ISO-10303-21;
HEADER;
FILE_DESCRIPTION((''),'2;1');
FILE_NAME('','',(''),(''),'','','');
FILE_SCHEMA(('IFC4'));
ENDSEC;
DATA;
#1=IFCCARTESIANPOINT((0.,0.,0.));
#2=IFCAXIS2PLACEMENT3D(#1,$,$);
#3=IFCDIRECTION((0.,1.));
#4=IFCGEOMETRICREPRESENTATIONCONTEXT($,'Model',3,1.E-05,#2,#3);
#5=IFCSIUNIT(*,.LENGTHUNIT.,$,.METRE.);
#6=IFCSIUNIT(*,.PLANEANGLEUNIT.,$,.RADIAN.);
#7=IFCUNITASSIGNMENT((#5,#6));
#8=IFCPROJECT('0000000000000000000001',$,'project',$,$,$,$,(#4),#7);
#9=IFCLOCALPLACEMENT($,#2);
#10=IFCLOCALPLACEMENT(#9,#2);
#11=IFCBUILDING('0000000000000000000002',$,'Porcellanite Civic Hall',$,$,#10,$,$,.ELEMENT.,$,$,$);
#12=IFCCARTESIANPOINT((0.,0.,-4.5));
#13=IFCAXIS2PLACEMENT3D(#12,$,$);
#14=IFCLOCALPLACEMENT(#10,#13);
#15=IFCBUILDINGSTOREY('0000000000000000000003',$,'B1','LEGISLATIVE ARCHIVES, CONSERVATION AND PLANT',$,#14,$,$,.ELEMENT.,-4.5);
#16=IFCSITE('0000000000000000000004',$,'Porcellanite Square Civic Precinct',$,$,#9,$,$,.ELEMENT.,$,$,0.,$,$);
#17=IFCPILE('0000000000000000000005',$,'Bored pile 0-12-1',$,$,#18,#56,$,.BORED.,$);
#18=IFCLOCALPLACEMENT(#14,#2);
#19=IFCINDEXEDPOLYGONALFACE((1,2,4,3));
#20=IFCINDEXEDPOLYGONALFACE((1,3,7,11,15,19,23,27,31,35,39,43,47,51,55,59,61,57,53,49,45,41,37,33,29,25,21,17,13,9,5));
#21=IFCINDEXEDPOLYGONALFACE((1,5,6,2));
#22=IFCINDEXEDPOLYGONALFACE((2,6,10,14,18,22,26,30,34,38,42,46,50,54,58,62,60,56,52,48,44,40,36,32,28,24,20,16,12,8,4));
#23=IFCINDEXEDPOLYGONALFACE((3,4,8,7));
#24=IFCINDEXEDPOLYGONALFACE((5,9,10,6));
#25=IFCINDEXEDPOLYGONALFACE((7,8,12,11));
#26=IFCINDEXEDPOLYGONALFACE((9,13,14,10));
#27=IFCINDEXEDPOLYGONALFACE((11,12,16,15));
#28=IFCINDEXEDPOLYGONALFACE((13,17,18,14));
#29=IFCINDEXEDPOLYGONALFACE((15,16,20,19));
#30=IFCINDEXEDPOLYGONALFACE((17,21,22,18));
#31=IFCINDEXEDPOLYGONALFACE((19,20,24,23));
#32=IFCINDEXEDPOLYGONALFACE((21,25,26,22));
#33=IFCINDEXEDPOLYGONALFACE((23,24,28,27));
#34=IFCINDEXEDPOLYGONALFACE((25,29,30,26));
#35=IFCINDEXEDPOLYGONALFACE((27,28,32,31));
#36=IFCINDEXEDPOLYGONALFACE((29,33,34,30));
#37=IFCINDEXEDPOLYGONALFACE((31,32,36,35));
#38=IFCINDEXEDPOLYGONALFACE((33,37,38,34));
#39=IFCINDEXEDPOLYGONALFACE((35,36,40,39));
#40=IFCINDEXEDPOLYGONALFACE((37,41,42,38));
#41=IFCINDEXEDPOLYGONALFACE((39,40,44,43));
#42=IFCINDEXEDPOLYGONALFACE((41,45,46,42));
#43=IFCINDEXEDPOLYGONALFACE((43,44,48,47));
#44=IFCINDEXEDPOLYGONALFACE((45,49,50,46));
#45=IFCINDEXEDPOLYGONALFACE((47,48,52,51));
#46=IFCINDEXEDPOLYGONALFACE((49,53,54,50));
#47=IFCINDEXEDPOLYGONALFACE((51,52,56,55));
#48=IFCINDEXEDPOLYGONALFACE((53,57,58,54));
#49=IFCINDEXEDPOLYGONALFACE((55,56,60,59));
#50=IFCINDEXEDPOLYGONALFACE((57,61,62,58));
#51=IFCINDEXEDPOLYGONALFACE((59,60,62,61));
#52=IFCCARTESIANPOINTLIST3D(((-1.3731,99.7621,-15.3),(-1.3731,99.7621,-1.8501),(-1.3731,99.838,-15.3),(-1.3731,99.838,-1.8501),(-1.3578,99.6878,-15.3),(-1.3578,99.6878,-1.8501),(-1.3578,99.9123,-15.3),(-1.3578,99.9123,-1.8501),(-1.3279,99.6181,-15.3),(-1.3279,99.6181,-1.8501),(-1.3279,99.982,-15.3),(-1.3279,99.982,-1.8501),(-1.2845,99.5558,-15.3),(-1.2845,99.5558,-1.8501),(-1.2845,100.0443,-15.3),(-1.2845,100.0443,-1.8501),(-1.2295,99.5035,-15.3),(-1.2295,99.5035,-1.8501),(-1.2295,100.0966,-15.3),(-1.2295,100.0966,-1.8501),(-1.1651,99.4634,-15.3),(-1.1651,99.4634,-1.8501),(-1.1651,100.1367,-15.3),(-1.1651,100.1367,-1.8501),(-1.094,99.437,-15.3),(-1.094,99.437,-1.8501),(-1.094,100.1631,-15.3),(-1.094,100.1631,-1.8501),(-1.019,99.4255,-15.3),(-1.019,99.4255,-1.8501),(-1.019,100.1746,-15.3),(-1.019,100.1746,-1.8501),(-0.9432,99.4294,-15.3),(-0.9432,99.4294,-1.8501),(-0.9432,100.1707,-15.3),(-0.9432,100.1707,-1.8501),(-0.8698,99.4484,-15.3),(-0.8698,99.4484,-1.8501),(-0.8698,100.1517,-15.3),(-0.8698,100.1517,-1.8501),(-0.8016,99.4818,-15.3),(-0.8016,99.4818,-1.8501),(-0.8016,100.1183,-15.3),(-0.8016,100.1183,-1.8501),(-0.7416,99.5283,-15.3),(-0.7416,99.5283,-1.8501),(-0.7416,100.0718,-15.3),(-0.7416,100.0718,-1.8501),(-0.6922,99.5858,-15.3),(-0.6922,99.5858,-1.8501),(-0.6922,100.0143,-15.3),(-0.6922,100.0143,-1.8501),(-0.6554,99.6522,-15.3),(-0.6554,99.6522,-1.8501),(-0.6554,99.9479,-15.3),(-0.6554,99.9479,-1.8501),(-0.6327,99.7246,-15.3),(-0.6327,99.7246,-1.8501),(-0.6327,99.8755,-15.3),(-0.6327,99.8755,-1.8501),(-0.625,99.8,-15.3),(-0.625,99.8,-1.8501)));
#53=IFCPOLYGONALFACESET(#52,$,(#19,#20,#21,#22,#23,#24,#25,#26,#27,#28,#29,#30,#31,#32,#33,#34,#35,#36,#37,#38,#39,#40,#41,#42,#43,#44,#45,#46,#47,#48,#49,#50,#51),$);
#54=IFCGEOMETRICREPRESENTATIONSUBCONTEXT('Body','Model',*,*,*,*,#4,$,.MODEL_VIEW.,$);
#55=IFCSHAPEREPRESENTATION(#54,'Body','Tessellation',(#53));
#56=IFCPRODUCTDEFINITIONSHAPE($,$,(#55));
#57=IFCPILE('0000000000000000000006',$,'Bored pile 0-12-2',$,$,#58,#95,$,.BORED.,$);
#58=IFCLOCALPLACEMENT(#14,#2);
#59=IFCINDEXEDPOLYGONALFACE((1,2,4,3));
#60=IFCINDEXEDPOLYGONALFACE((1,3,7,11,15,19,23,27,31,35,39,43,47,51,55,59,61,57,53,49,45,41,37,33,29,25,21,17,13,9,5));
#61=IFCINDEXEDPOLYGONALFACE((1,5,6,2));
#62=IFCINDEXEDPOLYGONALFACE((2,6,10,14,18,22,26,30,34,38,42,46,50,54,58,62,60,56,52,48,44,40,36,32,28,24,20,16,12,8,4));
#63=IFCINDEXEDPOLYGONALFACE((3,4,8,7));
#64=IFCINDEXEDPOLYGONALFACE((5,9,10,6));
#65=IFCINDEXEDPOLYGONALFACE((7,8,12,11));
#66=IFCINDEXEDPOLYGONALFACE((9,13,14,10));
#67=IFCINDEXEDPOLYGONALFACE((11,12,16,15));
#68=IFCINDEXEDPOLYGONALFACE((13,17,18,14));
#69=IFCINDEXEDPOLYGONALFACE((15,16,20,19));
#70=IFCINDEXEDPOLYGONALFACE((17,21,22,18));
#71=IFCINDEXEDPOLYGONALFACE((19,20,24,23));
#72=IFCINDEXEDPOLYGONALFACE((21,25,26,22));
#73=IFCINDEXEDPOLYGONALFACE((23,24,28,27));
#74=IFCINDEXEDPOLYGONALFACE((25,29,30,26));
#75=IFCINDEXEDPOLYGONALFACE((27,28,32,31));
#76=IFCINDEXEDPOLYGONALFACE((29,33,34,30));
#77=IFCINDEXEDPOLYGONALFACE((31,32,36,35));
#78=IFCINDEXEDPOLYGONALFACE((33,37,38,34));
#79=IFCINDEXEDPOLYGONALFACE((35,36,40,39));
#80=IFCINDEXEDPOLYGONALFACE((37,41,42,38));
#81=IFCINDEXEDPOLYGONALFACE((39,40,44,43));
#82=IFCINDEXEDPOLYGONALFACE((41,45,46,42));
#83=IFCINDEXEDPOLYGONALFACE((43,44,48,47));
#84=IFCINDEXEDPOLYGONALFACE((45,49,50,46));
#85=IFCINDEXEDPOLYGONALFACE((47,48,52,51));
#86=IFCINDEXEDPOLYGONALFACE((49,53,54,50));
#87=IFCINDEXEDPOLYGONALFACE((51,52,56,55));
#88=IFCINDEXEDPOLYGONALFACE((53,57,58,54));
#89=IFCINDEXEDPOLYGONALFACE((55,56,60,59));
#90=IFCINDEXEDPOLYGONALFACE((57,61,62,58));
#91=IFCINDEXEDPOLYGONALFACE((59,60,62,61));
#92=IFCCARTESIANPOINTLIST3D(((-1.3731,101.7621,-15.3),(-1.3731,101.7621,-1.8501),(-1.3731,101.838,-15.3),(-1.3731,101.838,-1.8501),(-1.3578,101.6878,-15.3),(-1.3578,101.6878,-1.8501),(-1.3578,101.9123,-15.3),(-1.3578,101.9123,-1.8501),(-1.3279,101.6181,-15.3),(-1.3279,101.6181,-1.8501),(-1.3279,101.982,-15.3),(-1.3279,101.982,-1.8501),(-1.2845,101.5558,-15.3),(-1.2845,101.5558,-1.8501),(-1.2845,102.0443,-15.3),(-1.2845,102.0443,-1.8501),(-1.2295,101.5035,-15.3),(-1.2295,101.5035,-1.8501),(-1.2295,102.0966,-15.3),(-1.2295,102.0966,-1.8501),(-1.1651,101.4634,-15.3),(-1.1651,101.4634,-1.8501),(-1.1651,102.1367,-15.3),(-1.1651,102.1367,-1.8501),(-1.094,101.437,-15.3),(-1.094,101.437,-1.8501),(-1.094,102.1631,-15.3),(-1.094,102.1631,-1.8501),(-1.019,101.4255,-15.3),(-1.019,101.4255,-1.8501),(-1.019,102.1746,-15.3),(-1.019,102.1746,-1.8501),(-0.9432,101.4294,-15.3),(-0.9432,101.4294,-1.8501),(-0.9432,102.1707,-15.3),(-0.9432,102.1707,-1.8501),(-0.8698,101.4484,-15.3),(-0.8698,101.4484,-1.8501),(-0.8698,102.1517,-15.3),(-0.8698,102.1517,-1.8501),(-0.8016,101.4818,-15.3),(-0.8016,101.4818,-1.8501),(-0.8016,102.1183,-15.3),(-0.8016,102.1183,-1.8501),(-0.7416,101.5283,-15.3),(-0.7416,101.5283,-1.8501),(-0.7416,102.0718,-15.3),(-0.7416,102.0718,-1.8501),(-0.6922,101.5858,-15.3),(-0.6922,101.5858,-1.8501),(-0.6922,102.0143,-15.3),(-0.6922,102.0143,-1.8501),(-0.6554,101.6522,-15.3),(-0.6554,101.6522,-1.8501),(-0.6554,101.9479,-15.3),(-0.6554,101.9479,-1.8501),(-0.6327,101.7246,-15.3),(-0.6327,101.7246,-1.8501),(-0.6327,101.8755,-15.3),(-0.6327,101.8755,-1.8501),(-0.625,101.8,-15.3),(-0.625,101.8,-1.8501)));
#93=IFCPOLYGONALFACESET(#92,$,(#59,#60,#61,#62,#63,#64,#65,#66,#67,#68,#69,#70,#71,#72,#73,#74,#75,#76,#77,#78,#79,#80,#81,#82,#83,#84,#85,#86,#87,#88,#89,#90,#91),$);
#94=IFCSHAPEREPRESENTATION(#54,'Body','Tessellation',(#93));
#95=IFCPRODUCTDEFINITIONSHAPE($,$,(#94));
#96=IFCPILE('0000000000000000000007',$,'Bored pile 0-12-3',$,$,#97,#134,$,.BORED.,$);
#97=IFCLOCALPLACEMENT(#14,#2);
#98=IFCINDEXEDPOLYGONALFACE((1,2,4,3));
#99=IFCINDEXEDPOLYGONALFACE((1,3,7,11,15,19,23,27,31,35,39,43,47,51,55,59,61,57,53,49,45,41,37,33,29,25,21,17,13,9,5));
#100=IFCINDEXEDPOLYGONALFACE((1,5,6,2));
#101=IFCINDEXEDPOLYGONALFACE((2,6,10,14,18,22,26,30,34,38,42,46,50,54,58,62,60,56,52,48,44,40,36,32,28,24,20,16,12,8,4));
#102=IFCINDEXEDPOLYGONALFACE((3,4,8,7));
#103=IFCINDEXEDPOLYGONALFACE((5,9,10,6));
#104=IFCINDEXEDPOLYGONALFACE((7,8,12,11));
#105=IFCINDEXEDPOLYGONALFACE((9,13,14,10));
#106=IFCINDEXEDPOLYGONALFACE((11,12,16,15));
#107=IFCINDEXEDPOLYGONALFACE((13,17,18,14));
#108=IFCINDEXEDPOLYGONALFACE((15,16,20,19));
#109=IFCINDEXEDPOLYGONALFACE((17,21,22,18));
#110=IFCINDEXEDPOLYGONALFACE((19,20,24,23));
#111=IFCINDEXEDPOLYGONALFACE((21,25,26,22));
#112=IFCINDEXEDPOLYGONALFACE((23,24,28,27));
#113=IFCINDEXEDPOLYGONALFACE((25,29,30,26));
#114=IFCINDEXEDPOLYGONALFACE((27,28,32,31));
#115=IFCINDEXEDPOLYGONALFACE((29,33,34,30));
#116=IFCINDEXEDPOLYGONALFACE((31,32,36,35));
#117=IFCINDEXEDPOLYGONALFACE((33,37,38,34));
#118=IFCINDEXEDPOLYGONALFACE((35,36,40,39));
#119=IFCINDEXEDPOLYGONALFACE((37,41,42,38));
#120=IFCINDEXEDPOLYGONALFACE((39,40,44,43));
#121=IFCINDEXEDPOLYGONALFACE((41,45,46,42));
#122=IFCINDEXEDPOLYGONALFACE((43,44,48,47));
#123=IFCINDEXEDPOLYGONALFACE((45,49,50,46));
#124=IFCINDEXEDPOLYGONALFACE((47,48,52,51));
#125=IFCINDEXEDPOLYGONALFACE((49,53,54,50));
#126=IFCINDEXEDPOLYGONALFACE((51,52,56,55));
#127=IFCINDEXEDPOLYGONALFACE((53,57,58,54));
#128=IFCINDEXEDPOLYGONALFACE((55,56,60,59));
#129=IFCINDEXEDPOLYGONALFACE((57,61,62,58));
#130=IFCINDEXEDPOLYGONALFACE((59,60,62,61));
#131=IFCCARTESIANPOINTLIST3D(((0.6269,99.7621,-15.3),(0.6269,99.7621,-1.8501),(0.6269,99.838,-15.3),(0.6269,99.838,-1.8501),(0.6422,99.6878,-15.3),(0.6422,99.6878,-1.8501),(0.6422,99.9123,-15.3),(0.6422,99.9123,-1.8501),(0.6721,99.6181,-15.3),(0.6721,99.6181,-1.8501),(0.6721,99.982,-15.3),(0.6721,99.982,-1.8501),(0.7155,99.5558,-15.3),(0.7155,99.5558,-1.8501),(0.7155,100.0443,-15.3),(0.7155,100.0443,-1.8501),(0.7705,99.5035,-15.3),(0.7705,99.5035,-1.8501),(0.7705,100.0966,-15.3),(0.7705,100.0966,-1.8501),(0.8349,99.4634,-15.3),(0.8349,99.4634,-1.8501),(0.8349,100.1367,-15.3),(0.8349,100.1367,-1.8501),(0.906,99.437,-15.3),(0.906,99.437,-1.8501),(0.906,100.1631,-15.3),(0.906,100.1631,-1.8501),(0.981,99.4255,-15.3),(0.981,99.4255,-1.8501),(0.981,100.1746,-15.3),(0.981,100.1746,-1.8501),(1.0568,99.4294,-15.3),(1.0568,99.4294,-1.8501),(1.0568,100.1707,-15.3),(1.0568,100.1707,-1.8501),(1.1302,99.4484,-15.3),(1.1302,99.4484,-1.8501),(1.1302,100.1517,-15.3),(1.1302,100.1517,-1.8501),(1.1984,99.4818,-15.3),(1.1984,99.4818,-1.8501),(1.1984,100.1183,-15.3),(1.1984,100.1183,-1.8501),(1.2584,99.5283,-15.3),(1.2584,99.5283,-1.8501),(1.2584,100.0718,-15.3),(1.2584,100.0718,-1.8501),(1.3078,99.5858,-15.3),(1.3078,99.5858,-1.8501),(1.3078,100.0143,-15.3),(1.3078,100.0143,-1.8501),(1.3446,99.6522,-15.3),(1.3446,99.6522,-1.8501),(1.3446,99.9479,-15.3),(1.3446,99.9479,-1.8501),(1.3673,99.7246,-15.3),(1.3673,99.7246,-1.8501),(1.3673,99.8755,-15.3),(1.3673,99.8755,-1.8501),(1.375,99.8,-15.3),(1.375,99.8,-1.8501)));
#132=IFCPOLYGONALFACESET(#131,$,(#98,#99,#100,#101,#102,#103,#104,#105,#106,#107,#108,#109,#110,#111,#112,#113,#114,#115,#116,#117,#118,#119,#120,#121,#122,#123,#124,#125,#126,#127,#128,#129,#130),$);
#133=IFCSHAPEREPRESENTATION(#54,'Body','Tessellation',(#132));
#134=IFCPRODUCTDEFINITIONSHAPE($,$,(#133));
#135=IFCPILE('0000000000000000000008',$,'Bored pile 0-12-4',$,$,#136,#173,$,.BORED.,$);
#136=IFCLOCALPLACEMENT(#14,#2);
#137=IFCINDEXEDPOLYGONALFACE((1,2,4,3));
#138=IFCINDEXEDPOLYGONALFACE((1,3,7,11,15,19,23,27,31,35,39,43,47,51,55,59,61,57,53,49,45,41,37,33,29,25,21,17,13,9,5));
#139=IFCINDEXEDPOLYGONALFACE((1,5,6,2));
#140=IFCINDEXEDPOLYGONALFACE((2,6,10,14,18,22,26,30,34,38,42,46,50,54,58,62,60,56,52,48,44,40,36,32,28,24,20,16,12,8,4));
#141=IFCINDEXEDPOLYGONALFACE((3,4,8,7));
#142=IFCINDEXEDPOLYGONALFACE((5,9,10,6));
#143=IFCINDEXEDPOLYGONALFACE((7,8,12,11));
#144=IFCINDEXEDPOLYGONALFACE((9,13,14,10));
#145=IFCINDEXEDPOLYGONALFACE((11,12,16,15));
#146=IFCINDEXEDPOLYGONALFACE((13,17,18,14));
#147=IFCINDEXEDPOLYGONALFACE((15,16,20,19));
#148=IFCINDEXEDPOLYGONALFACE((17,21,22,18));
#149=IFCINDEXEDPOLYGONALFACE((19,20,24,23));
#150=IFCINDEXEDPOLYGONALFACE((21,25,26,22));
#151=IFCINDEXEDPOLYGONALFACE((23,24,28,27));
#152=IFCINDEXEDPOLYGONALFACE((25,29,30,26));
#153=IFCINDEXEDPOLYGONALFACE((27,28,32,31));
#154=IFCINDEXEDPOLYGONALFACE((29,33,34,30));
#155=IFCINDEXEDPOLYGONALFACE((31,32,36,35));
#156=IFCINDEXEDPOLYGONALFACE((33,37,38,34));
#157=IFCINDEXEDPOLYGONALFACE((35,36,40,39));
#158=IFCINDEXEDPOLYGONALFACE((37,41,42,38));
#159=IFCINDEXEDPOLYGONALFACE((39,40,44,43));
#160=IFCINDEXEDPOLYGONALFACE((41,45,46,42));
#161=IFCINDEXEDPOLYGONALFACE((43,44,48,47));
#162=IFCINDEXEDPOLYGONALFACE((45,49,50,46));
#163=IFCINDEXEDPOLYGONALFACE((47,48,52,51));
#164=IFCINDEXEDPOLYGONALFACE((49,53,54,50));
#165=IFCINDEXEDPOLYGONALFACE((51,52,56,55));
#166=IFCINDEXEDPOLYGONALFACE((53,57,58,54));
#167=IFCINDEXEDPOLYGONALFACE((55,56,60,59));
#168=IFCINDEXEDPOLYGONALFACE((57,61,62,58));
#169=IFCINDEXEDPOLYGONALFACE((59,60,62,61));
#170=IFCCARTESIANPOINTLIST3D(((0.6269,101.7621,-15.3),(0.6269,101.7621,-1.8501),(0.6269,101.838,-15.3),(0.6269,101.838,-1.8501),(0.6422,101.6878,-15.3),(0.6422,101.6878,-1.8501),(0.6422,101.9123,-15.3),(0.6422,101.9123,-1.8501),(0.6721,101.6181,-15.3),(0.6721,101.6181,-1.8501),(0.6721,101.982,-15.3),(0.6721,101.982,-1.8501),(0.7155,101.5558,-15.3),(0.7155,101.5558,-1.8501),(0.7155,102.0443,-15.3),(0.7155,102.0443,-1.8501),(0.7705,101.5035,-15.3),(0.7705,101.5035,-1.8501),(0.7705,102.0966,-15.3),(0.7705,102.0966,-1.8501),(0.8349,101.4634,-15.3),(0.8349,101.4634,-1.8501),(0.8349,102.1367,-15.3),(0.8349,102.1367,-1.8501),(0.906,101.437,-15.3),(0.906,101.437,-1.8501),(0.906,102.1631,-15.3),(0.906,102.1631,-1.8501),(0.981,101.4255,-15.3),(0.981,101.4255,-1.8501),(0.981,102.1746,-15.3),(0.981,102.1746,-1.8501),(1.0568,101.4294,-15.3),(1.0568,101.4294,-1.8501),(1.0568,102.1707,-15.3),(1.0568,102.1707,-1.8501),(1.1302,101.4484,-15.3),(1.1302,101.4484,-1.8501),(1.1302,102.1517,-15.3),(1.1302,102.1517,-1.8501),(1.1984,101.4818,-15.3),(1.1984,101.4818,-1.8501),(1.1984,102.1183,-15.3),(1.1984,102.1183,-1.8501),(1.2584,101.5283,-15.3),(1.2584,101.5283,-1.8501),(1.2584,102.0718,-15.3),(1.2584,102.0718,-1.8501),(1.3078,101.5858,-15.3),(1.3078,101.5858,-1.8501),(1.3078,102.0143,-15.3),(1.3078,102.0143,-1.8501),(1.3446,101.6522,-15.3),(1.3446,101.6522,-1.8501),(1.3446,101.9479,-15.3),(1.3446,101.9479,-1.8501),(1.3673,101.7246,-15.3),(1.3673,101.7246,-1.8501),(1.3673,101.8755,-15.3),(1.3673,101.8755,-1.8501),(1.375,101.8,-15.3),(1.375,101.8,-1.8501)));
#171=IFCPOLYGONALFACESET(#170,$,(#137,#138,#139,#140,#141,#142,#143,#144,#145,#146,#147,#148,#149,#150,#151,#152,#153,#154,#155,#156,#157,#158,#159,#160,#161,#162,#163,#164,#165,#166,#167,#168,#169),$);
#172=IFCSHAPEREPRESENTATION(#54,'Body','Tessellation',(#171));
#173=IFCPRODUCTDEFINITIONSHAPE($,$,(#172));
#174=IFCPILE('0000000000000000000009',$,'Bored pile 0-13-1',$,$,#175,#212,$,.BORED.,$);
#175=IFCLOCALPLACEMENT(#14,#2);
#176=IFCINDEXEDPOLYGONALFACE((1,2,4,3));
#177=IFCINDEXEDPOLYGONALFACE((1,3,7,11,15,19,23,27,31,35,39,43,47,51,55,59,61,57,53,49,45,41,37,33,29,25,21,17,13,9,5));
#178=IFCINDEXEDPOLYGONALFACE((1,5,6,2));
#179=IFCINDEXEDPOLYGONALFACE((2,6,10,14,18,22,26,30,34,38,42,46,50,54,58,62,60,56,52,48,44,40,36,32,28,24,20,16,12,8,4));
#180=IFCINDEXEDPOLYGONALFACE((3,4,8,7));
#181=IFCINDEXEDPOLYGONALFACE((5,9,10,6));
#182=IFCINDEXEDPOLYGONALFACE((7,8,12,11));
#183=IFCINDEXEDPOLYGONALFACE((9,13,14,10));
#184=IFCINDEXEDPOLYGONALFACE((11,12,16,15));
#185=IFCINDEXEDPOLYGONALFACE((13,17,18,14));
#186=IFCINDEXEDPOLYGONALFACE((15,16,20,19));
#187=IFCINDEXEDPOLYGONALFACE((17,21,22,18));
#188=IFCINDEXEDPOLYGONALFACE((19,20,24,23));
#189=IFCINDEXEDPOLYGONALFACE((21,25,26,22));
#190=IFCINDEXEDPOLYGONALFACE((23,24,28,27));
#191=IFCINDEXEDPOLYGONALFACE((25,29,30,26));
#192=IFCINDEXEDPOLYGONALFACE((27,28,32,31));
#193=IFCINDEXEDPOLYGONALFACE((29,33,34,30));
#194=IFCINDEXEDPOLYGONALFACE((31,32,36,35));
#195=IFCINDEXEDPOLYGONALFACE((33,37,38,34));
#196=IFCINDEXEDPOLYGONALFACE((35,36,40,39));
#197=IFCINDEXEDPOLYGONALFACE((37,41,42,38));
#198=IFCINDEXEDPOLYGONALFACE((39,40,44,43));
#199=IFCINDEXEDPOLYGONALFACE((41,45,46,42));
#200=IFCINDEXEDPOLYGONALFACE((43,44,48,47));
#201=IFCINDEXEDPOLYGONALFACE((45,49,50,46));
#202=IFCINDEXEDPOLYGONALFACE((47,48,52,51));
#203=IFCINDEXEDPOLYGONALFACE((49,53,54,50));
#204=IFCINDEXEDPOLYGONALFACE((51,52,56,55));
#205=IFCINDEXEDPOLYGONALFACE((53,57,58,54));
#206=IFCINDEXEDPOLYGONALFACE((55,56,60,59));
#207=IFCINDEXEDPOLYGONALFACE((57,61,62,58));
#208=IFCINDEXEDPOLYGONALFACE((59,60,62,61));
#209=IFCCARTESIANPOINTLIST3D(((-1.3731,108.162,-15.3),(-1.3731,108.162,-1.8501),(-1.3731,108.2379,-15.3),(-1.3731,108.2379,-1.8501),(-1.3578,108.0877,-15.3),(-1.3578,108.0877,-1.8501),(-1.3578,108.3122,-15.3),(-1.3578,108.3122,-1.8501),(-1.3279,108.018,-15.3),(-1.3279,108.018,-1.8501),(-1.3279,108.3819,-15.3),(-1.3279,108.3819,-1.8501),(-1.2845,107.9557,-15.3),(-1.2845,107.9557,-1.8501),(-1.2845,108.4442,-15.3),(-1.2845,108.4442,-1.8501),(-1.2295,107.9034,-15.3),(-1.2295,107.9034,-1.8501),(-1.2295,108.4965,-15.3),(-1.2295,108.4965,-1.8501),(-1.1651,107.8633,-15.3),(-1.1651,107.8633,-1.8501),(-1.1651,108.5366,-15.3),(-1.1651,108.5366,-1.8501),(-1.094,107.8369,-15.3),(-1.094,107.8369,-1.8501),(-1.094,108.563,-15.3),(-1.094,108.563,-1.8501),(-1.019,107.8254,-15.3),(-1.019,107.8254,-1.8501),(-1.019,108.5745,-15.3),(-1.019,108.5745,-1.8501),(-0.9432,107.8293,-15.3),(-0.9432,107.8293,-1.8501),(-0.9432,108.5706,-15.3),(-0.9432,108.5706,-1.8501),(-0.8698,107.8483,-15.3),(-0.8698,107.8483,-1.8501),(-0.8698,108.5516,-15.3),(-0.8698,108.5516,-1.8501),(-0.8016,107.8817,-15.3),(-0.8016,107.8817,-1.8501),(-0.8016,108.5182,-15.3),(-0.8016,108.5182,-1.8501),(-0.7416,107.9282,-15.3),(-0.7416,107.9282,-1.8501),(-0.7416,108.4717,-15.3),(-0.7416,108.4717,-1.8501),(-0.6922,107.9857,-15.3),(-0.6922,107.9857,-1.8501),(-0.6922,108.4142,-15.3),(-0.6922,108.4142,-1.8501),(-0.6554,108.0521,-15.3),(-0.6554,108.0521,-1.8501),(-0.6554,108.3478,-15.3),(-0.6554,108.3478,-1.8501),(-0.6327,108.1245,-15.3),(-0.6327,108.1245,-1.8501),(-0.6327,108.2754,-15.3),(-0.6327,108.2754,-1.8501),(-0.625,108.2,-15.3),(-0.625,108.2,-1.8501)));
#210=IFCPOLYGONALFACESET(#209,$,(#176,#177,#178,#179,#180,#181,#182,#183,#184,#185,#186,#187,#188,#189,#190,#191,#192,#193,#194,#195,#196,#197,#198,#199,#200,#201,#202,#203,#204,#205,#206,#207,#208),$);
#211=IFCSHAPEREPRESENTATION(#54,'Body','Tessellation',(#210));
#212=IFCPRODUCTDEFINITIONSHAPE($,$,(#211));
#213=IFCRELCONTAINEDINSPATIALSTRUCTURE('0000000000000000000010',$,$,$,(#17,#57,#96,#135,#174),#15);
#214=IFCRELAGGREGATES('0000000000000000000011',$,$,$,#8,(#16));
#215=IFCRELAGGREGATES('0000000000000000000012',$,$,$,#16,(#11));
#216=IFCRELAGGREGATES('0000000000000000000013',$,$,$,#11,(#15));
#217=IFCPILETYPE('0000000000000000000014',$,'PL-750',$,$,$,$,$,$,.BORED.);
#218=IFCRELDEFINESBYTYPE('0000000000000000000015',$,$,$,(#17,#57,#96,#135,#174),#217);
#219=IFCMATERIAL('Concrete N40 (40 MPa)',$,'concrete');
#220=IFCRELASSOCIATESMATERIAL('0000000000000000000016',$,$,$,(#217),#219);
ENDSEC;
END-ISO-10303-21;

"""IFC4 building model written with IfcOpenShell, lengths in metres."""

from ifc_helpers import new_model, si_unit, direction, frame, origin, origin_2d, place, context, subcontext, project, spatial, circle, extrude, material, material_profile, profile_set, type_object, element, save


model = new_model("IFC4")

# Units and contexts
model_context = context("Model", 3, precision=1e-05, world=origin(), true_north=direction((0.0, 1.0)))
body_context = subcontext(model_context, "Body", "Model", "MODEL_VIEW")
ifc_project = project(units=[si_unit("LENGTHUNIT", "METRE"), si_unit("PLANEANGLEUNIT", "RADIAN")], contexts=[model_context])

# Site, building, storey
site_placement = place(None, origin())
site = spatial("IfcSite", under=ifc_project, at=site_placement, Name="Porcellanite Square Civic Precinct", CompositionType="ELEMENT", RefElevation=0.0)
building_placement = place(site_placement, origin())
building = spatial("IfcBuilding", under=site, at=building_placement, Name="Porcellanite Civic Hall", CompositionType="ELEMENT")
storey_placement = place(building_placement, frame((0.0, 0.0, -4.5)))
storey = spatial("IfcBuildingStorey", under=building, at=storey_placement, Name="B1", Description="LEGISLATIVE ARCHIVES, CONSERVATION AND PLANT", CompositionType="ELEMENT", Elevation=-4.5)

# Piles
ifc_material_1 = material(Name="Concrete N40 (40 MPa)", Category="concrete")
ifc_material_profile_1 = material_profile(ifc_material_1, circle(Radius=0.375, at=origin_2d()), Name="PILE-D750")
ifc_profile_set_1 = profile_set([ifc_material_profile_1], Name="Concrete N40 (40 MPa)")
pile_type_1 = type_object("IfcPileType", Name="PL-750", PredefinedType="BORED", material=ifc_profile_set_1)
for number, where, z_axis, x_axis, name in (
    (1, (-1.0, 99.8, -1.8501), (0.0, 0.0, -1.0), (1.0, 0.0, 0.0), "Bored pile 0-12-1"),
    (2, (-1.0, 101.8, -1.8501), (0.0, 0.0, -1.0), (1.0, 0.0, 0.0), "Bored pile 0-12-2"),
    (3, (1.0, 99.8, -1.8501), (0.0, 0.0, -1.0), (1.0, 0.0, 0.0), "Bored pile 0-12-3"),
    (4, (1.0, 101.8, -1.8501), (0.0, 0.0, -1.0), (1.0, 0.0, 0.0), "Bored pile 0-12-4"),
    (5, (-1.0, 108.2, -1.8501), (0.0, 0.0, -1.0), (1.0, 0.0, 0.0), "Bored pile 0-13-1"),
):
    element("IfcPile", number, at=place(storey_placement, frame(where, z_axis=z_axis, x_axis=x_axis)), inside=storey, type_object=pile_type_1, Name=name, PredefinedType="BORED", context=body_context, shape_type="SweptSolid", body=[
        extrude(circle(Radius=0.375, at=origin_2d()), origin(), (0.0, 0.0, 1.0), 13.45),
    ])

save(model, "model.ifc")
